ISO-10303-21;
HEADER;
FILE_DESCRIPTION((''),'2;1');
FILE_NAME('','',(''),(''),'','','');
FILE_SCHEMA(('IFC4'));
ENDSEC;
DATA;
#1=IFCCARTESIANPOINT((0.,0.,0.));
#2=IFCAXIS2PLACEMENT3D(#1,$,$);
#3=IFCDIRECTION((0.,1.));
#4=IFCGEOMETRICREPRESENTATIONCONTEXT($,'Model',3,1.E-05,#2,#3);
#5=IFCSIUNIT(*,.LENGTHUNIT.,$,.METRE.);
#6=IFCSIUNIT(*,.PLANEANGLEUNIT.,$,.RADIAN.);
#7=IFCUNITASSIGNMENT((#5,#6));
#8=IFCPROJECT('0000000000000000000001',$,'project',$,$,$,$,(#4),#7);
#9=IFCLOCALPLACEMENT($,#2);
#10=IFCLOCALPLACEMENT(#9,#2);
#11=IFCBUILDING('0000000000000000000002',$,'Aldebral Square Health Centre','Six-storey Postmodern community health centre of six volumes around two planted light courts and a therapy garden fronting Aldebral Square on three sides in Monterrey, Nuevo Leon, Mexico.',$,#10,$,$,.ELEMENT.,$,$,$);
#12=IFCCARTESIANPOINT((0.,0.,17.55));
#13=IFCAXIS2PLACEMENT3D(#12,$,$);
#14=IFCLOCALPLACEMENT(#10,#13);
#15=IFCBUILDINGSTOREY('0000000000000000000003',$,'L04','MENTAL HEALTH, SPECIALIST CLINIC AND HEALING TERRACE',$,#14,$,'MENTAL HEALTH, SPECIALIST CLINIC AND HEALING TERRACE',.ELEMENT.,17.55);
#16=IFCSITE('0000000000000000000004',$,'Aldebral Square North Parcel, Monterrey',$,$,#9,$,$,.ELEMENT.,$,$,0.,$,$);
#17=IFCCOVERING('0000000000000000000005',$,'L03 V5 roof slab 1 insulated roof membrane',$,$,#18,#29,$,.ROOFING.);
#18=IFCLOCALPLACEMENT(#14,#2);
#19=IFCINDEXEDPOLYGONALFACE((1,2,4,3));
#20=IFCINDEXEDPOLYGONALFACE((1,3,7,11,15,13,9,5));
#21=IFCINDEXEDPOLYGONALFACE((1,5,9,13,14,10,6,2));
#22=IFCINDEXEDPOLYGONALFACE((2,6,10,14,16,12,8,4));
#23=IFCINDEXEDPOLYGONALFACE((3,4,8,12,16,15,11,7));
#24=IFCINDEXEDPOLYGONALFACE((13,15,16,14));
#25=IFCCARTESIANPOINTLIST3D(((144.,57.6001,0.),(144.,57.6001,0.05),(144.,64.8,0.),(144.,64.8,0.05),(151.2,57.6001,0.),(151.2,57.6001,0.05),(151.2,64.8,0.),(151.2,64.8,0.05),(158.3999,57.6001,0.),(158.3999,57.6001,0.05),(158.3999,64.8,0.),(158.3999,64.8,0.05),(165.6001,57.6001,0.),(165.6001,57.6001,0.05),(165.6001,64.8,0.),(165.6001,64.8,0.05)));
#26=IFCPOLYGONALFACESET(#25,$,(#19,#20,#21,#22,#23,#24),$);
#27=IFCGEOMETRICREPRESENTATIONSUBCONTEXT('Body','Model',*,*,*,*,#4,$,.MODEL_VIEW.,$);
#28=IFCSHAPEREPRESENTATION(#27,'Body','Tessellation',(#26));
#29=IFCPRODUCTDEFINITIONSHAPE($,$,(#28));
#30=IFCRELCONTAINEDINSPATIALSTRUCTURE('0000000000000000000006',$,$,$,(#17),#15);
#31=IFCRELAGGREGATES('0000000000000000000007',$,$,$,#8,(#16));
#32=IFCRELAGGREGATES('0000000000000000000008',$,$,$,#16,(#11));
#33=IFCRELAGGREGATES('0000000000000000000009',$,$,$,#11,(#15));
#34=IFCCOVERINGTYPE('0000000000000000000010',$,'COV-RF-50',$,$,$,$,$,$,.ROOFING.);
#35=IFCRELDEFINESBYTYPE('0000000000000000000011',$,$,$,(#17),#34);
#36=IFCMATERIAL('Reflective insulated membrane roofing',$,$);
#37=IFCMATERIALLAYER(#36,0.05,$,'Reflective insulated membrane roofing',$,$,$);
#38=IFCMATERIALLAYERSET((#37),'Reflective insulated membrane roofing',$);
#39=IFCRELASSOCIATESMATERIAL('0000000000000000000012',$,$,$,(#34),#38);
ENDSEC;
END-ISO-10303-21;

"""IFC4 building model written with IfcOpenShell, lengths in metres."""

from ifc_helpers import new_model, si_unit, direction, frame, origin, place, context, subcontext, project, spatial, polyline, outline, extrude, material, layer, layer_set, type_object, element, save


model = new_model("IFC4")

# Units and contexts
model_context = context("Model", 3, precision=1e-05, world=origin(), true_north=direction((0.0, 1.0)))
body_context = subcontext(model_context, "Body", "Model", "MODEL_VIEW")
ifc_project = project(units=[si_unit("LENGTHUNIT", "METRE"), si_unit("PLANEANGLEUNIT", "RADIAN")], contexts=[model_context])

# Site, building, storey
site_placement = place(None, origin())
site = spatial("IfcSite", under=ifc_project, at=site_placement, Name="Aldebral Square North Parcel, Monterrey", CompositionType="ELEMENT", RefElevation=0.0)
building_placement = place(site_placement, origin())
building = spatial("IfcBuilding", under=site, at=building_placement, Name="Aldebral Square Health Centre", Description="Six-storey Postmodern community health centre of six volumes around two planted light courts and a therapy garden fronting Aldebral Square on three sides in Monterrey, Nuevo Leon, Mexico.", CompositionType="ELEMENT")
storey_placement = place(building_placement, frame((0.0, 0.0, 17.55)))
storey = spatial("IfcBuildingStorey", under=building, at=storey_placement, Name="L04", Description="MENTAL HEALTH, SPECIALIST CLINIC AND HEALING TERRACE", LongName="MENTAL HEALTH, SPECIALIST CLINIC AND HEALING TERRACE", CompositionType="ELEMENT", Elevation=17.55)

# Covering
ifc_material_1 = material(Name="Reflective insulated membrane roofing")
ifc_layer_1 = layer(ifc_material_1, 0.05, Name="Reflective insulated membrane roofing")
ifc_layer_set_1 = layer_set([ifc_layer_1], Name="Reflective insulated membrane roofing")
covering_type = type_object("IfcCoveringType", Name="COV-RF-50", PredefinedType="ROOFING", material=ifc_layer_set_1)
covering_1_placement = place(storey_placement, origin())
element("IfcCovering", 1, at=covering_1_placement, inside=storey, type_object=covering_type, Name="L03 V5 roof slab 1 insulated roof membrane", PredefinedType="ROOFING", context=body_context, shape_type="SweptSolid", body=[
    extrude(outline(polyline([(151.2, 64.8), (158.3999, 64.8), (165.6001, 64.8), (165.6001, 57.6001), (158.3999, 57.6001), (151.2, 57.6001), (144.0, 57.6001), (144.0, 64.8), (151.2, 64.8)])), origin(), (0.0, 0.0, 1.0), 0.05),
])

save(model, "model.ifc")
